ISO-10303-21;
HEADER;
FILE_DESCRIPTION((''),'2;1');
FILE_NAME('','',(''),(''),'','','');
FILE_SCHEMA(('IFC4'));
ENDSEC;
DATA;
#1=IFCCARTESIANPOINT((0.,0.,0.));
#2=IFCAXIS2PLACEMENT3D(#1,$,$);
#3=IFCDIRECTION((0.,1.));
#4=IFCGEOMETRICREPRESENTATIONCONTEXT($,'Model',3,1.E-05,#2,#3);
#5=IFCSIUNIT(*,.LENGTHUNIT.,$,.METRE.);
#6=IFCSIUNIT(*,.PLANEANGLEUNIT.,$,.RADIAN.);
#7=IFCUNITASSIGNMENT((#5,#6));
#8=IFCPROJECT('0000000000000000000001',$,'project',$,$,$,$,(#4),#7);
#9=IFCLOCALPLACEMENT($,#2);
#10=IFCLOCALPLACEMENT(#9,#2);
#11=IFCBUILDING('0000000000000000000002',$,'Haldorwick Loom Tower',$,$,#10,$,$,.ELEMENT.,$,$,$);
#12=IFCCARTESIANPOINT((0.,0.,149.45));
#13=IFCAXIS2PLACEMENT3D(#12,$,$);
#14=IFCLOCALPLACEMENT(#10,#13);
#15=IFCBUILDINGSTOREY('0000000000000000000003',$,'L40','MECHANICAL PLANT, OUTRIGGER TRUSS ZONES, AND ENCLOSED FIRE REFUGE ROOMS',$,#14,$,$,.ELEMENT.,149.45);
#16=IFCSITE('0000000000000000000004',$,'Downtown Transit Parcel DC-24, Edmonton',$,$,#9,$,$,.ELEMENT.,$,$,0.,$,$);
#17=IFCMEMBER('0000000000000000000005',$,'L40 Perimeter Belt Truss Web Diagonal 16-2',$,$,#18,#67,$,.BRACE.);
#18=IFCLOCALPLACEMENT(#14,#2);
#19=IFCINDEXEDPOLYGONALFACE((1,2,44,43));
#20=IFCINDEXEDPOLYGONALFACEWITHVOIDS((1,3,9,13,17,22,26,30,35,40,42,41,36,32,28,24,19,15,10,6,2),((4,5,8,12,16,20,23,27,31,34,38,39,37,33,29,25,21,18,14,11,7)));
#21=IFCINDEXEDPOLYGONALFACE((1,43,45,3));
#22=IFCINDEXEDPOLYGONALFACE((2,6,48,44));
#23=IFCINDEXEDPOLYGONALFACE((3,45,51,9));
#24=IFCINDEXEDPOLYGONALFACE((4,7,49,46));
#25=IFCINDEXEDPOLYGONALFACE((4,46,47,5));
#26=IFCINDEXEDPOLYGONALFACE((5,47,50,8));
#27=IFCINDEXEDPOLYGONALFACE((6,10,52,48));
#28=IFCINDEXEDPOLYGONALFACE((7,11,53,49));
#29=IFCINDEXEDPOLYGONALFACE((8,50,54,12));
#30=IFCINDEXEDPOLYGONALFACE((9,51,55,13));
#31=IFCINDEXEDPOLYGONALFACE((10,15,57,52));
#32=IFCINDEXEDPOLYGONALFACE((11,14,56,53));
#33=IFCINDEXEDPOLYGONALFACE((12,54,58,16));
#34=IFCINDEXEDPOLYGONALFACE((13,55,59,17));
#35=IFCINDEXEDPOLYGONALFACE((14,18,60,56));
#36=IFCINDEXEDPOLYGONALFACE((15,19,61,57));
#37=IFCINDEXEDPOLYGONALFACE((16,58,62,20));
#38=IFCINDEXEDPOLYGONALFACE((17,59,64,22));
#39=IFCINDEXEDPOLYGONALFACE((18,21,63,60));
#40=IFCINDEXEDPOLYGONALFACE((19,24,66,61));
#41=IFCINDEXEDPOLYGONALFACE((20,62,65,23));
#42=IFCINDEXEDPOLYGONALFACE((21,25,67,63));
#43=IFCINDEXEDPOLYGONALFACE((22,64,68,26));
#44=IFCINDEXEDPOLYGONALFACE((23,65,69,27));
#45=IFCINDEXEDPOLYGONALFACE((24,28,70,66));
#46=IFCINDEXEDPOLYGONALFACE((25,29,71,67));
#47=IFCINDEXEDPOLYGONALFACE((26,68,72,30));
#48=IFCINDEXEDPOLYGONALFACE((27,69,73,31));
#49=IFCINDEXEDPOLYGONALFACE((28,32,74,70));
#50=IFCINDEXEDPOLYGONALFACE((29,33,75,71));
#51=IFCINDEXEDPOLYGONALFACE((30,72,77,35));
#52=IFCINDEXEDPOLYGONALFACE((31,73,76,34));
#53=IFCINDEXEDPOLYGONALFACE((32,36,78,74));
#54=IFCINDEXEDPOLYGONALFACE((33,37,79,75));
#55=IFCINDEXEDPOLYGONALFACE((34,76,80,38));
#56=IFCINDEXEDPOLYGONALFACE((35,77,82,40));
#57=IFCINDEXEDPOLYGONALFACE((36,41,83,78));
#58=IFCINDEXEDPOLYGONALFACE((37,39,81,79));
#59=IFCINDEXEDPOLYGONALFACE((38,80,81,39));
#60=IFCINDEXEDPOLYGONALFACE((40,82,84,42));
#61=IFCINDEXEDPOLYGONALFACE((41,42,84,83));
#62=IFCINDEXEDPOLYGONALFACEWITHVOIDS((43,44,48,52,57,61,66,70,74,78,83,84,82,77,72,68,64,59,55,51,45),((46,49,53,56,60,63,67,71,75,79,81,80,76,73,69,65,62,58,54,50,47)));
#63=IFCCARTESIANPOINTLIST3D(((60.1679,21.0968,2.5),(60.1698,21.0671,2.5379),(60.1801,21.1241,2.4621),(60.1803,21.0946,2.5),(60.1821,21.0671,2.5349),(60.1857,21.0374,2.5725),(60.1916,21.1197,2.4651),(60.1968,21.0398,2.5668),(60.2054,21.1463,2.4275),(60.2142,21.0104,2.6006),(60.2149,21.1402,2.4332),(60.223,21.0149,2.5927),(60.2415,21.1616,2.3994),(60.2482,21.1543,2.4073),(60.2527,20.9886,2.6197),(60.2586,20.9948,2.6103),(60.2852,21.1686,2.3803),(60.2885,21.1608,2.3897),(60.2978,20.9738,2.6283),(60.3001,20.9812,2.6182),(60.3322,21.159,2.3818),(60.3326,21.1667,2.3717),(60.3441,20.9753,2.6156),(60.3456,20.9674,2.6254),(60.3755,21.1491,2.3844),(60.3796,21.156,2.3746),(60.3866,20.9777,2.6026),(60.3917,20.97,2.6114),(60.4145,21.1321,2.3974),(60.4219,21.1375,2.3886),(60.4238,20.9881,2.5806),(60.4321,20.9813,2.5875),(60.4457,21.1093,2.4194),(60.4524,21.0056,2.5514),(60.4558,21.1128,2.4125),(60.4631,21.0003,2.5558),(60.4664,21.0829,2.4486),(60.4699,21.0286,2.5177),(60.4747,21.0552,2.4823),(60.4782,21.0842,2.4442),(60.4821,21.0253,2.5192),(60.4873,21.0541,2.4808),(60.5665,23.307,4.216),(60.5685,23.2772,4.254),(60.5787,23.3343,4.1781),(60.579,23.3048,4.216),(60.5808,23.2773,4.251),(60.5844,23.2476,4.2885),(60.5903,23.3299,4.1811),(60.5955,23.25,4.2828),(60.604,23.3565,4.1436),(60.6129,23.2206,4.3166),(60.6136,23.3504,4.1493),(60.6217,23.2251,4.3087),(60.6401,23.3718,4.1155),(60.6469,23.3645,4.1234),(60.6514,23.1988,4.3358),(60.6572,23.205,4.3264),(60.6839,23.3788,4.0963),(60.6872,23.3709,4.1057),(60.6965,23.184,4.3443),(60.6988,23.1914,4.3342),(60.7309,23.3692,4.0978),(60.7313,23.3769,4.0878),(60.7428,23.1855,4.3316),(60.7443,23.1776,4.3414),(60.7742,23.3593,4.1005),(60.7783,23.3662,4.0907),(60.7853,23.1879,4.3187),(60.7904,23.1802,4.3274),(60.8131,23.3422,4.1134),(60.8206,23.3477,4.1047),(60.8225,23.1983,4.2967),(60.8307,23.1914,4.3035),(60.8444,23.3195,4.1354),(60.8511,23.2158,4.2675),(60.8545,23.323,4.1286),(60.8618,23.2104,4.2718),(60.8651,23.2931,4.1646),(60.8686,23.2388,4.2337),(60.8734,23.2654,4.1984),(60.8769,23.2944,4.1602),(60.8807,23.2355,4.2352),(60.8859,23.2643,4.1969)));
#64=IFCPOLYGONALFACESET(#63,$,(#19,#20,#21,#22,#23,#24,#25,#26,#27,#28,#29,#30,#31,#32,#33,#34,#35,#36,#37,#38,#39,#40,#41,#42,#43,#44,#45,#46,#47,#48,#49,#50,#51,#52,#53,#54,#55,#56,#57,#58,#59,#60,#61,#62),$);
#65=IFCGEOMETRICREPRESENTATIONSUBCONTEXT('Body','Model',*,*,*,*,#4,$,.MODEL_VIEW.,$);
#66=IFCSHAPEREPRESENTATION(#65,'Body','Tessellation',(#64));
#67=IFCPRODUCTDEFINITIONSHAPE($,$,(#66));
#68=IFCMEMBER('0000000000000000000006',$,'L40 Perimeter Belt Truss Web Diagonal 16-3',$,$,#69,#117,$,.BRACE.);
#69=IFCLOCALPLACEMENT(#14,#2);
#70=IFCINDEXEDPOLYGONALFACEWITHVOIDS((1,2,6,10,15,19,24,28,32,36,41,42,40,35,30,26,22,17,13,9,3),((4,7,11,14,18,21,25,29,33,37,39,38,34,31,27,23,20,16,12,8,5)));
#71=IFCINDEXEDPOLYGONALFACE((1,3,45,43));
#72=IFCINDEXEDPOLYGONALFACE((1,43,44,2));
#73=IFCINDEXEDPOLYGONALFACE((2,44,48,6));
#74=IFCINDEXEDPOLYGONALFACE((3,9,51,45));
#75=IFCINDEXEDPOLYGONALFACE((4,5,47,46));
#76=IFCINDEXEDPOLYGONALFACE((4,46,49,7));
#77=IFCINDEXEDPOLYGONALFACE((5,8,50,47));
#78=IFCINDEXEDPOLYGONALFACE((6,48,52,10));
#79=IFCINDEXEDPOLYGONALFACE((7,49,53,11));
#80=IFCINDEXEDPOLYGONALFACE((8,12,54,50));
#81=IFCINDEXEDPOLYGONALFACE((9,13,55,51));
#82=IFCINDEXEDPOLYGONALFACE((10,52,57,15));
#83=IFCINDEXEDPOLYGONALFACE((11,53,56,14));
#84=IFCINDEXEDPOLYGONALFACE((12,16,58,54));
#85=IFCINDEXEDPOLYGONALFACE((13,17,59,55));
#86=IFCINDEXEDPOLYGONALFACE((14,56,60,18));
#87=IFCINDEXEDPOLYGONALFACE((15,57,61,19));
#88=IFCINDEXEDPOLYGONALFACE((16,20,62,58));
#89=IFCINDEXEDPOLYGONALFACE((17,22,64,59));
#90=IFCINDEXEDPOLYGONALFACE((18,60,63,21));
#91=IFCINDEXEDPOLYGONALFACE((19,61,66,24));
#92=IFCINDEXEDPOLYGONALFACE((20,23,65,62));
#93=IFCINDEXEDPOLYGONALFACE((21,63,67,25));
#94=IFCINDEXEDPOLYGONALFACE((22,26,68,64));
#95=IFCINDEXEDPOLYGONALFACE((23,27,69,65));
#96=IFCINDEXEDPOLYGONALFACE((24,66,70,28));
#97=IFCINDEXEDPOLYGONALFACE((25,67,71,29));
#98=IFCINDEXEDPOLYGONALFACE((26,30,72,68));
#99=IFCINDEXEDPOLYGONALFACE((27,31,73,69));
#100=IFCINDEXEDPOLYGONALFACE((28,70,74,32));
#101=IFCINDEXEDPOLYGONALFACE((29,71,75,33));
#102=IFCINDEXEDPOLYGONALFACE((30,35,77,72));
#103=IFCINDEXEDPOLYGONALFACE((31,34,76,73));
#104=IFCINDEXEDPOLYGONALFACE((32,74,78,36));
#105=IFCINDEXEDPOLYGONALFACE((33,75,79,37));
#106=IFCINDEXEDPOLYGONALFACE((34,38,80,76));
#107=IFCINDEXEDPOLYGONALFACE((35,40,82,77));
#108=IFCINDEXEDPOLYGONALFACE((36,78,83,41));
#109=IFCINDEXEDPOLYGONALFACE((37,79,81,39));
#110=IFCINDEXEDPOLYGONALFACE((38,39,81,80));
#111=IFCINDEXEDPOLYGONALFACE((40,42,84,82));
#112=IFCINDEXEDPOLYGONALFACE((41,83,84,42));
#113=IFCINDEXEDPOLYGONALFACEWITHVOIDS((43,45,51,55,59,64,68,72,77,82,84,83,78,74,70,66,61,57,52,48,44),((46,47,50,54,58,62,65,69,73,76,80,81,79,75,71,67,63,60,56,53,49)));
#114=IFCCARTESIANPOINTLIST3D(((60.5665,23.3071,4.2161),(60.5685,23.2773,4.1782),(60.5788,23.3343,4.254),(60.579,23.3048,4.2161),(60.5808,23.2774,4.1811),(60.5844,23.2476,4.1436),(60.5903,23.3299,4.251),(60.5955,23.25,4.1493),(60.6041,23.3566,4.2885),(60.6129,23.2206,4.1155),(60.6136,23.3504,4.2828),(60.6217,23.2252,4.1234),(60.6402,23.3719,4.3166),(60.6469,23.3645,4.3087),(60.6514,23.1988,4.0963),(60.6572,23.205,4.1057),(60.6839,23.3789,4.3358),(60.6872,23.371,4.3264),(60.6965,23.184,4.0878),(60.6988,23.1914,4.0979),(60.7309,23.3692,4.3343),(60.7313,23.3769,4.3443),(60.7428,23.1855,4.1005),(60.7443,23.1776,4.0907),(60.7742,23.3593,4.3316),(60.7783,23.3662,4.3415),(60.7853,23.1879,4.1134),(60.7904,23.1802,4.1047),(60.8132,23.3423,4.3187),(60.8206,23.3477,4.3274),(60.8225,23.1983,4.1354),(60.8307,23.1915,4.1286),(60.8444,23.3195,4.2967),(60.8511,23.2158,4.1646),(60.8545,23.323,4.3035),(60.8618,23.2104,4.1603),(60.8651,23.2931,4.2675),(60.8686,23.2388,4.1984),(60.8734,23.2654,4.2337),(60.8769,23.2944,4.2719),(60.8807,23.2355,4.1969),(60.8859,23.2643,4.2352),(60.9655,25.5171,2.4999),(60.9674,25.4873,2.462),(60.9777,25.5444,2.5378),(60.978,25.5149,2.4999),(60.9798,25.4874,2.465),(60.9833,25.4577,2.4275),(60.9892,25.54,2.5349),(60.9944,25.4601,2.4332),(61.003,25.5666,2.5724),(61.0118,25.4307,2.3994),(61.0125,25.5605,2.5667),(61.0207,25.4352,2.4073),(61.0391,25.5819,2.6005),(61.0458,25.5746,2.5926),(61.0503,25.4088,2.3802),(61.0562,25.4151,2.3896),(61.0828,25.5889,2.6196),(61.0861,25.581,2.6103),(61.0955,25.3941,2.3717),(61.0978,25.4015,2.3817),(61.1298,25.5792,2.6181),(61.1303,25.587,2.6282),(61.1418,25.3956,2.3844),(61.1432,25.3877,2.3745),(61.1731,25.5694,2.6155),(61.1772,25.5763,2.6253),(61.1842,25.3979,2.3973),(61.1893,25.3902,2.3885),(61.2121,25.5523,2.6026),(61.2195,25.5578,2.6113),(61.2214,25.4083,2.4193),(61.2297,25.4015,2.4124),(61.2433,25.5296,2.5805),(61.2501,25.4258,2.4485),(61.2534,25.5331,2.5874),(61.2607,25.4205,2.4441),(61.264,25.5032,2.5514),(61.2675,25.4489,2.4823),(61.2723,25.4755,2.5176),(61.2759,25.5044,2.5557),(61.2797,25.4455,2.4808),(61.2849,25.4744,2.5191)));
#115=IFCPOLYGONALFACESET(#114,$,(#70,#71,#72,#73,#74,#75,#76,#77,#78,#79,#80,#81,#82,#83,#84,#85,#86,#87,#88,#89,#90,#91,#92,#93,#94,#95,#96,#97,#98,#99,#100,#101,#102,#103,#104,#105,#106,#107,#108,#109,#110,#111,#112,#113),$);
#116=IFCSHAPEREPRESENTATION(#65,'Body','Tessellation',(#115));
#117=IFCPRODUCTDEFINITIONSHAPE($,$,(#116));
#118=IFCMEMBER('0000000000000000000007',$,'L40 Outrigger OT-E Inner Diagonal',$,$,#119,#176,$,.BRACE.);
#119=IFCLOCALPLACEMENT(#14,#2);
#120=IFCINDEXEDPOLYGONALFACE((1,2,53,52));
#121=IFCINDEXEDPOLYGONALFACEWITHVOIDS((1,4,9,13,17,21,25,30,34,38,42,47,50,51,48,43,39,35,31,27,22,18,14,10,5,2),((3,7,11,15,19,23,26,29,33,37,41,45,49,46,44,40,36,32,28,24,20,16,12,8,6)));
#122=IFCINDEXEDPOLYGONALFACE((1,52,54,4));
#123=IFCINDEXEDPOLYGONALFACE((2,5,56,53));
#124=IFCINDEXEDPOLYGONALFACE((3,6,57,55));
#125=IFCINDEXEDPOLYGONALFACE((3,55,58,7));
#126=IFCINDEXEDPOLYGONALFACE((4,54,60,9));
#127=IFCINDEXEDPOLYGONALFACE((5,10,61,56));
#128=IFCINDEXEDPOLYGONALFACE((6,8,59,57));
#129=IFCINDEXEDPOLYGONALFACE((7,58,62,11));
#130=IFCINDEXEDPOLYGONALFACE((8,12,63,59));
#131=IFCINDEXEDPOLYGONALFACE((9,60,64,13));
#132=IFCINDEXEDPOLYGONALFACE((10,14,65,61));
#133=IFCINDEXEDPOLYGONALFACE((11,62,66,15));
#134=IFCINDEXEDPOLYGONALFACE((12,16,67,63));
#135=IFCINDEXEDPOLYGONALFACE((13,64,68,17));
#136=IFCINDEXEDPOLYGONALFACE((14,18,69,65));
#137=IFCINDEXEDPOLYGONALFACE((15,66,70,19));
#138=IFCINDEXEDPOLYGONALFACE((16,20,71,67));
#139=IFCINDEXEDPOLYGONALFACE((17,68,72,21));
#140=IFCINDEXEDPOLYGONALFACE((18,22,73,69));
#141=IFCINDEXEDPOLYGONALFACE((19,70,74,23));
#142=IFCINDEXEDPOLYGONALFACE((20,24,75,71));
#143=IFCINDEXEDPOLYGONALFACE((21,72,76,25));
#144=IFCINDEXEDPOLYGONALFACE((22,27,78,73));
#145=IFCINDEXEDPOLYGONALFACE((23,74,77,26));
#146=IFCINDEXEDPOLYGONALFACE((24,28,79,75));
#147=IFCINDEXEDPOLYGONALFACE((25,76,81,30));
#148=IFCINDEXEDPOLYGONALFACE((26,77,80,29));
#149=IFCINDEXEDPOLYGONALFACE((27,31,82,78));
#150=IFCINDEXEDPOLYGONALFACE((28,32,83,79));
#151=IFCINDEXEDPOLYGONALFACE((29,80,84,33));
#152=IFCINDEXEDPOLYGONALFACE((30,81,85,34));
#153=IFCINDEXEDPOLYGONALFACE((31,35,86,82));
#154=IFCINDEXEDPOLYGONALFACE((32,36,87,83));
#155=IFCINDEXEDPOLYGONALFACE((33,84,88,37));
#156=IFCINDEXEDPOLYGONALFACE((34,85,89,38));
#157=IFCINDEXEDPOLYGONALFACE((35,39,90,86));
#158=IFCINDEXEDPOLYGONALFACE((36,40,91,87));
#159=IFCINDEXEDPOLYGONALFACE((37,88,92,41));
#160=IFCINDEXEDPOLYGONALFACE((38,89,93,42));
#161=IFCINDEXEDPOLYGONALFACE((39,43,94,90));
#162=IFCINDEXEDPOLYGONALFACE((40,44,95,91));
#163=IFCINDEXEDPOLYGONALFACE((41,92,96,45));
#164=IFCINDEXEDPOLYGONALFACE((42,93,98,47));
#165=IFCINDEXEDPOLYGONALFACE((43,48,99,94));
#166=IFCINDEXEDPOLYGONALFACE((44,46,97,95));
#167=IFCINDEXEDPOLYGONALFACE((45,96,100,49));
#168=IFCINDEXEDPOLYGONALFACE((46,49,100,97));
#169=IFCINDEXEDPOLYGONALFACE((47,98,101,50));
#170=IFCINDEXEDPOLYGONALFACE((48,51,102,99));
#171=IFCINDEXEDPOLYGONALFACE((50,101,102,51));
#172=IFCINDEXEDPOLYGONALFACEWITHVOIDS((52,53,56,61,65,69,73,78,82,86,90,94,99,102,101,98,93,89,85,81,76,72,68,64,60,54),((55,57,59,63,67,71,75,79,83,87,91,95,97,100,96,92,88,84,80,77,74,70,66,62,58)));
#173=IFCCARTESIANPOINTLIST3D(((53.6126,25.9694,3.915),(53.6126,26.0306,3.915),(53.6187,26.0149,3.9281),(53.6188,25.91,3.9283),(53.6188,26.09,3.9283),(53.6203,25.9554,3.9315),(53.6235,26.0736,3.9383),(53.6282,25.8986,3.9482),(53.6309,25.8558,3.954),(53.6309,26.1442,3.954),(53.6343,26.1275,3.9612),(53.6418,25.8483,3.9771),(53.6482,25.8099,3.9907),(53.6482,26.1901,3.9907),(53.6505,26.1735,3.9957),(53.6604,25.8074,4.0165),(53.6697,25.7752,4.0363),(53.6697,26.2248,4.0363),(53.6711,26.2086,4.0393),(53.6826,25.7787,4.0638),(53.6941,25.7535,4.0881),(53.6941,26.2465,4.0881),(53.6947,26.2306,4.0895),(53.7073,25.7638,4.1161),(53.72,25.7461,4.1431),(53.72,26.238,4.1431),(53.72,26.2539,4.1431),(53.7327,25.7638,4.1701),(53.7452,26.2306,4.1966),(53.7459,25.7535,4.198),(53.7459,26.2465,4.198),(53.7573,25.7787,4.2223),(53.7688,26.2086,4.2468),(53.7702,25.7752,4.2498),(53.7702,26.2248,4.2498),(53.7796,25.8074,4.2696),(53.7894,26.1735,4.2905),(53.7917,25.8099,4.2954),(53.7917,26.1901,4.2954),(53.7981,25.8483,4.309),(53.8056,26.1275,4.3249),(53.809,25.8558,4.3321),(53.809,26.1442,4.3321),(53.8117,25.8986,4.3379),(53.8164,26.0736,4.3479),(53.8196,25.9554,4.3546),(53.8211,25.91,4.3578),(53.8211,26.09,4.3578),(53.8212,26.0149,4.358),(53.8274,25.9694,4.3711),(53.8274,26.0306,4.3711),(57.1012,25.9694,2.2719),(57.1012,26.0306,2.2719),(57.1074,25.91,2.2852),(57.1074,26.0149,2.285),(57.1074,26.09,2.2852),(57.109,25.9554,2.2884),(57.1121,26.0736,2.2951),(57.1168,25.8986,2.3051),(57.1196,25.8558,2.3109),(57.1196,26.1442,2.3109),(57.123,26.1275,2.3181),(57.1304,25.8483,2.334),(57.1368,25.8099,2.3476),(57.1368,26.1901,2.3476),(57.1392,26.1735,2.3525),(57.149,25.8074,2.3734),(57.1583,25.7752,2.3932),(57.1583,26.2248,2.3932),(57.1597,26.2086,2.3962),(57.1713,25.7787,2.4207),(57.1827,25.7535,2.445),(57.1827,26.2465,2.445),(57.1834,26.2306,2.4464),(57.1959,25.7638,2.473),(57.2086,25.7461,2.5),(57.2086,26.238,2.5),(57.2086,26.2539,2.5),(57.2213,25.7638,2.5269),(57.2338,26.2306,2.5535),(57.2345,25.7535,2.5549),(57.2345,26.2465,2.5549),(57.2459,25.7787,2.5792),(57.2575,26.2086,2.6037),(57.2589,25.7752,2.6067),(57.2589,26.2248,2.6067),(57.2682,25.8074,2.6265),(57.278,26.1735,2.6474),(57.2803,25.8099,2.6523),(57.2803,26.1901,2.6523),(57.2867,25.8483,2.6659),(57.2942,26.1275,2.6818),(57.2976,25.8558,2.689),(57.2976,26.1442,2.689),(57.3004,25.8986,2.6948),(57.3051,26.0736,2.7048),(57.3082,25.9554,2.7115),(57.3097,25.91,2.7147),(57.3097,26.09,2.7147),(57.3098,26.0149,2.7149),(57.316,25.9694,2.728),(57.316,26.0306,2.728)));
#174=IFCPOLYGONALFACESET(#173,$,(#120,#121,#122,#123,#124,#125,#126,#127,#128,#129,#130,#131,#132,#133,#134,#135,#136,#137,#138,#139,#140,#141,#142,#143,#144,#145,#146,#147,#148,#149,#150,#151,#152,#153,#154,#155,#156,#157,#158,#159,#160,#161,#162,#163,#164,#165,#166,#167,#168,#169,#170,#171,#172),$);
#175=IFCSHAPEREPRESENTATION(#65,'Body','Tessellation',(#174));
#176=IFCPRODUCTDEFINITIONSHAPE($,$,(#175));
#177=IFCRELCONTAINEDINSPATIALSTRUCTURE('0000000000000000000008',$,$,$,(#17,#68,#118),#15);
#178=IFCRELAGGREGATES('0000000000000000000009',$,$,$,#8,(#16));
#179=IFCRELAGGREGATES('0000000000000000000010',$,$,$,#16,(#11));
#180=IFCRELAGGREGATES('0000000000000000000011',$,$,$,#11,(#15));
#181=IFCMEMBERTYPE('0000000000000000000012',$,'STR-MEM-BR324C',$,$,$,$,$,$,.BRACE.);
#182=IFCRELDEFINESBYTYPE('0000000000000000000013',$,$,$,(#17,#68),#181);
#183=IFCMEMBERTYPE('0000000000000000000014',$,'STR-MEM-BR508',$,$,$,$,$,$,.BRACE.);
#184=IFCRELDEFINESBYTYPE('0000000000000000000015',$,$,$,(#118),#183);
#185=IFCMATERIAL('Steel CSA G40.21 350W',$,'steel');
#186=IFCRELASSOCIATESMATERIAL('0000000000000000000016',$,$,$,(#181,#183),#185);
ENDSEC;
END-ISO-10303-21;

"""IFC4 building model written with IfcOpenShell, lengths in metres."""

from ifc_helpers import new_model, si_unit, direction, frame, origin, origin_2d, place, context, subcontext, project, spatial, hollow_circle, extrude, material, material_profile, profile_set, type_object, element, save


model = new_model("IFC4")

# Units and contexts
model_context = context("Model", 3, precision=1e-05, world=origin(), true_north=direction((0.0, 1.0)))
body_context = subcontext(model_context, "Body", "Model", "MODEL_VIEW")
ifc_project = project(units=[si_unit("LENGTHUNIT", "METRE"), si_unit("PLANEANGLEUNIT", "RADIAN")], contexts=[model_context])

# Site, building, storey
site_placement = place(None, origin())
site = spatial("IfcSite", under=ifc_project, at=site_placement, Name="Downtown Transit Parcel DC-24, Edmonton", CompositionType="ELEMENT", RefElevation=0.0)
building_placement = place(site_placement, origin())
building = spatial("IfcBuilding", under=site, at=building_placement, Name="Haldorwick Loom Tower", CompositionType="ELEMENT")
storey_placement = place(building_placement, frame((0.0, 0.0, 149.45)))
storey = spatial("IfcBuildingStorey", under=building, at=storey_placement, Name="L40", Description="MECHANICAL PLANT, OUTRIGGER TRUSS ZONES, AND ENCLOSED FIRE REFUGE ROOMS", CompositionType="ELEMENT", Elevation=149.45)

# Shared definitions
ifc_material_1 = material(Name="Steel CSA G40.21 350W", Category="steel")

# Members
ifc_material_profile_1 = material_profile(ifc_material_1, hollow_circle(Radius=0.1619, WallThickness=0.0127, at=origin_2d()), Name="HSS324X13", Category="steel")
ifc_profile_set_1 = profile_set([ifc_material_profile_1], Name="Steel CSA G40.21 350W")
member_type_1 = type_object("IfcMemberType", Name="STR-MEM-BR324C", PredefinedType="BRACE", material=ifc_profile_set_1)
for number, where, z_axis, x_axis, name in (
    (1, (60.3271, 21.0681, 2.5), (0.141054, 0.781972, 0.607144), (-0.984118, 0.177517, 0.0), "L40 Perimeter Belt Truss Web Diagonal 16-2"),
    (2, (60.7258, 23.2783, 4.2161), (0.141148, 0.781928, -0.607178), (-0.984095, 0.177642, 0.0), "L40 Perimeter Belt Truss Web Diagonal 16-3"),
):
    element("IfcMember", number, at=place(storey_placement, frame(where, z_axis=z_axis, x_axis=x_axis)), inside=storey, type_object=member_type_1, Name=name, PredefinedType="BRACE", context=body_context, shape_type="SweptSolid", body=[
        extrude(hollow_circle(Radius=0.1619, WallThickness=0.0127, at=origin_2d()), origin(), (0.0, 0.0, 1.0), 2.8264),
    ])
ifc_material_profile_2 = material_profile(ifc_material_1, hollow_circle(Radius=0.2539, WallThickness=0.0159, at=origin_2d()), Name="HSS508X16", Category="steel")
ifc_profile_set_2 = profile_set([ifc_material_profile_2], Name="Steel CSA G40.21 350W")
member_type_2 = type_object("IfcMemberType", Name="STR-MEM-BR508", PredefinedType="BRACE", material=ifc_profile_set_2)
for number, where, z_axis, x_axis, name in (
    (3, (53.72, 26.0, 4.1431), (0.904678, 0.0, -0.426096), (0.0, 1.0, 0.0), "L40 Outrigger OT-E Inner Diagonal"),
):
    element("IfcMember", number, at=place(storey_placement, frame(where, z_axis=z_axis, x_axis=x_axis)), inside=storey, type_object=member_type_2, Name=name, PredefinedType="BRACE", context=body_context, shape_type="SweptSolid", body=[
        extrude(hollow_circle(Radius=0.2539, WallThickness=0.0159, at=origin_2d()), origin(), (0.0, 0.0, 1.0), 3.8562),
    ])

save(model, "model.ifc")
